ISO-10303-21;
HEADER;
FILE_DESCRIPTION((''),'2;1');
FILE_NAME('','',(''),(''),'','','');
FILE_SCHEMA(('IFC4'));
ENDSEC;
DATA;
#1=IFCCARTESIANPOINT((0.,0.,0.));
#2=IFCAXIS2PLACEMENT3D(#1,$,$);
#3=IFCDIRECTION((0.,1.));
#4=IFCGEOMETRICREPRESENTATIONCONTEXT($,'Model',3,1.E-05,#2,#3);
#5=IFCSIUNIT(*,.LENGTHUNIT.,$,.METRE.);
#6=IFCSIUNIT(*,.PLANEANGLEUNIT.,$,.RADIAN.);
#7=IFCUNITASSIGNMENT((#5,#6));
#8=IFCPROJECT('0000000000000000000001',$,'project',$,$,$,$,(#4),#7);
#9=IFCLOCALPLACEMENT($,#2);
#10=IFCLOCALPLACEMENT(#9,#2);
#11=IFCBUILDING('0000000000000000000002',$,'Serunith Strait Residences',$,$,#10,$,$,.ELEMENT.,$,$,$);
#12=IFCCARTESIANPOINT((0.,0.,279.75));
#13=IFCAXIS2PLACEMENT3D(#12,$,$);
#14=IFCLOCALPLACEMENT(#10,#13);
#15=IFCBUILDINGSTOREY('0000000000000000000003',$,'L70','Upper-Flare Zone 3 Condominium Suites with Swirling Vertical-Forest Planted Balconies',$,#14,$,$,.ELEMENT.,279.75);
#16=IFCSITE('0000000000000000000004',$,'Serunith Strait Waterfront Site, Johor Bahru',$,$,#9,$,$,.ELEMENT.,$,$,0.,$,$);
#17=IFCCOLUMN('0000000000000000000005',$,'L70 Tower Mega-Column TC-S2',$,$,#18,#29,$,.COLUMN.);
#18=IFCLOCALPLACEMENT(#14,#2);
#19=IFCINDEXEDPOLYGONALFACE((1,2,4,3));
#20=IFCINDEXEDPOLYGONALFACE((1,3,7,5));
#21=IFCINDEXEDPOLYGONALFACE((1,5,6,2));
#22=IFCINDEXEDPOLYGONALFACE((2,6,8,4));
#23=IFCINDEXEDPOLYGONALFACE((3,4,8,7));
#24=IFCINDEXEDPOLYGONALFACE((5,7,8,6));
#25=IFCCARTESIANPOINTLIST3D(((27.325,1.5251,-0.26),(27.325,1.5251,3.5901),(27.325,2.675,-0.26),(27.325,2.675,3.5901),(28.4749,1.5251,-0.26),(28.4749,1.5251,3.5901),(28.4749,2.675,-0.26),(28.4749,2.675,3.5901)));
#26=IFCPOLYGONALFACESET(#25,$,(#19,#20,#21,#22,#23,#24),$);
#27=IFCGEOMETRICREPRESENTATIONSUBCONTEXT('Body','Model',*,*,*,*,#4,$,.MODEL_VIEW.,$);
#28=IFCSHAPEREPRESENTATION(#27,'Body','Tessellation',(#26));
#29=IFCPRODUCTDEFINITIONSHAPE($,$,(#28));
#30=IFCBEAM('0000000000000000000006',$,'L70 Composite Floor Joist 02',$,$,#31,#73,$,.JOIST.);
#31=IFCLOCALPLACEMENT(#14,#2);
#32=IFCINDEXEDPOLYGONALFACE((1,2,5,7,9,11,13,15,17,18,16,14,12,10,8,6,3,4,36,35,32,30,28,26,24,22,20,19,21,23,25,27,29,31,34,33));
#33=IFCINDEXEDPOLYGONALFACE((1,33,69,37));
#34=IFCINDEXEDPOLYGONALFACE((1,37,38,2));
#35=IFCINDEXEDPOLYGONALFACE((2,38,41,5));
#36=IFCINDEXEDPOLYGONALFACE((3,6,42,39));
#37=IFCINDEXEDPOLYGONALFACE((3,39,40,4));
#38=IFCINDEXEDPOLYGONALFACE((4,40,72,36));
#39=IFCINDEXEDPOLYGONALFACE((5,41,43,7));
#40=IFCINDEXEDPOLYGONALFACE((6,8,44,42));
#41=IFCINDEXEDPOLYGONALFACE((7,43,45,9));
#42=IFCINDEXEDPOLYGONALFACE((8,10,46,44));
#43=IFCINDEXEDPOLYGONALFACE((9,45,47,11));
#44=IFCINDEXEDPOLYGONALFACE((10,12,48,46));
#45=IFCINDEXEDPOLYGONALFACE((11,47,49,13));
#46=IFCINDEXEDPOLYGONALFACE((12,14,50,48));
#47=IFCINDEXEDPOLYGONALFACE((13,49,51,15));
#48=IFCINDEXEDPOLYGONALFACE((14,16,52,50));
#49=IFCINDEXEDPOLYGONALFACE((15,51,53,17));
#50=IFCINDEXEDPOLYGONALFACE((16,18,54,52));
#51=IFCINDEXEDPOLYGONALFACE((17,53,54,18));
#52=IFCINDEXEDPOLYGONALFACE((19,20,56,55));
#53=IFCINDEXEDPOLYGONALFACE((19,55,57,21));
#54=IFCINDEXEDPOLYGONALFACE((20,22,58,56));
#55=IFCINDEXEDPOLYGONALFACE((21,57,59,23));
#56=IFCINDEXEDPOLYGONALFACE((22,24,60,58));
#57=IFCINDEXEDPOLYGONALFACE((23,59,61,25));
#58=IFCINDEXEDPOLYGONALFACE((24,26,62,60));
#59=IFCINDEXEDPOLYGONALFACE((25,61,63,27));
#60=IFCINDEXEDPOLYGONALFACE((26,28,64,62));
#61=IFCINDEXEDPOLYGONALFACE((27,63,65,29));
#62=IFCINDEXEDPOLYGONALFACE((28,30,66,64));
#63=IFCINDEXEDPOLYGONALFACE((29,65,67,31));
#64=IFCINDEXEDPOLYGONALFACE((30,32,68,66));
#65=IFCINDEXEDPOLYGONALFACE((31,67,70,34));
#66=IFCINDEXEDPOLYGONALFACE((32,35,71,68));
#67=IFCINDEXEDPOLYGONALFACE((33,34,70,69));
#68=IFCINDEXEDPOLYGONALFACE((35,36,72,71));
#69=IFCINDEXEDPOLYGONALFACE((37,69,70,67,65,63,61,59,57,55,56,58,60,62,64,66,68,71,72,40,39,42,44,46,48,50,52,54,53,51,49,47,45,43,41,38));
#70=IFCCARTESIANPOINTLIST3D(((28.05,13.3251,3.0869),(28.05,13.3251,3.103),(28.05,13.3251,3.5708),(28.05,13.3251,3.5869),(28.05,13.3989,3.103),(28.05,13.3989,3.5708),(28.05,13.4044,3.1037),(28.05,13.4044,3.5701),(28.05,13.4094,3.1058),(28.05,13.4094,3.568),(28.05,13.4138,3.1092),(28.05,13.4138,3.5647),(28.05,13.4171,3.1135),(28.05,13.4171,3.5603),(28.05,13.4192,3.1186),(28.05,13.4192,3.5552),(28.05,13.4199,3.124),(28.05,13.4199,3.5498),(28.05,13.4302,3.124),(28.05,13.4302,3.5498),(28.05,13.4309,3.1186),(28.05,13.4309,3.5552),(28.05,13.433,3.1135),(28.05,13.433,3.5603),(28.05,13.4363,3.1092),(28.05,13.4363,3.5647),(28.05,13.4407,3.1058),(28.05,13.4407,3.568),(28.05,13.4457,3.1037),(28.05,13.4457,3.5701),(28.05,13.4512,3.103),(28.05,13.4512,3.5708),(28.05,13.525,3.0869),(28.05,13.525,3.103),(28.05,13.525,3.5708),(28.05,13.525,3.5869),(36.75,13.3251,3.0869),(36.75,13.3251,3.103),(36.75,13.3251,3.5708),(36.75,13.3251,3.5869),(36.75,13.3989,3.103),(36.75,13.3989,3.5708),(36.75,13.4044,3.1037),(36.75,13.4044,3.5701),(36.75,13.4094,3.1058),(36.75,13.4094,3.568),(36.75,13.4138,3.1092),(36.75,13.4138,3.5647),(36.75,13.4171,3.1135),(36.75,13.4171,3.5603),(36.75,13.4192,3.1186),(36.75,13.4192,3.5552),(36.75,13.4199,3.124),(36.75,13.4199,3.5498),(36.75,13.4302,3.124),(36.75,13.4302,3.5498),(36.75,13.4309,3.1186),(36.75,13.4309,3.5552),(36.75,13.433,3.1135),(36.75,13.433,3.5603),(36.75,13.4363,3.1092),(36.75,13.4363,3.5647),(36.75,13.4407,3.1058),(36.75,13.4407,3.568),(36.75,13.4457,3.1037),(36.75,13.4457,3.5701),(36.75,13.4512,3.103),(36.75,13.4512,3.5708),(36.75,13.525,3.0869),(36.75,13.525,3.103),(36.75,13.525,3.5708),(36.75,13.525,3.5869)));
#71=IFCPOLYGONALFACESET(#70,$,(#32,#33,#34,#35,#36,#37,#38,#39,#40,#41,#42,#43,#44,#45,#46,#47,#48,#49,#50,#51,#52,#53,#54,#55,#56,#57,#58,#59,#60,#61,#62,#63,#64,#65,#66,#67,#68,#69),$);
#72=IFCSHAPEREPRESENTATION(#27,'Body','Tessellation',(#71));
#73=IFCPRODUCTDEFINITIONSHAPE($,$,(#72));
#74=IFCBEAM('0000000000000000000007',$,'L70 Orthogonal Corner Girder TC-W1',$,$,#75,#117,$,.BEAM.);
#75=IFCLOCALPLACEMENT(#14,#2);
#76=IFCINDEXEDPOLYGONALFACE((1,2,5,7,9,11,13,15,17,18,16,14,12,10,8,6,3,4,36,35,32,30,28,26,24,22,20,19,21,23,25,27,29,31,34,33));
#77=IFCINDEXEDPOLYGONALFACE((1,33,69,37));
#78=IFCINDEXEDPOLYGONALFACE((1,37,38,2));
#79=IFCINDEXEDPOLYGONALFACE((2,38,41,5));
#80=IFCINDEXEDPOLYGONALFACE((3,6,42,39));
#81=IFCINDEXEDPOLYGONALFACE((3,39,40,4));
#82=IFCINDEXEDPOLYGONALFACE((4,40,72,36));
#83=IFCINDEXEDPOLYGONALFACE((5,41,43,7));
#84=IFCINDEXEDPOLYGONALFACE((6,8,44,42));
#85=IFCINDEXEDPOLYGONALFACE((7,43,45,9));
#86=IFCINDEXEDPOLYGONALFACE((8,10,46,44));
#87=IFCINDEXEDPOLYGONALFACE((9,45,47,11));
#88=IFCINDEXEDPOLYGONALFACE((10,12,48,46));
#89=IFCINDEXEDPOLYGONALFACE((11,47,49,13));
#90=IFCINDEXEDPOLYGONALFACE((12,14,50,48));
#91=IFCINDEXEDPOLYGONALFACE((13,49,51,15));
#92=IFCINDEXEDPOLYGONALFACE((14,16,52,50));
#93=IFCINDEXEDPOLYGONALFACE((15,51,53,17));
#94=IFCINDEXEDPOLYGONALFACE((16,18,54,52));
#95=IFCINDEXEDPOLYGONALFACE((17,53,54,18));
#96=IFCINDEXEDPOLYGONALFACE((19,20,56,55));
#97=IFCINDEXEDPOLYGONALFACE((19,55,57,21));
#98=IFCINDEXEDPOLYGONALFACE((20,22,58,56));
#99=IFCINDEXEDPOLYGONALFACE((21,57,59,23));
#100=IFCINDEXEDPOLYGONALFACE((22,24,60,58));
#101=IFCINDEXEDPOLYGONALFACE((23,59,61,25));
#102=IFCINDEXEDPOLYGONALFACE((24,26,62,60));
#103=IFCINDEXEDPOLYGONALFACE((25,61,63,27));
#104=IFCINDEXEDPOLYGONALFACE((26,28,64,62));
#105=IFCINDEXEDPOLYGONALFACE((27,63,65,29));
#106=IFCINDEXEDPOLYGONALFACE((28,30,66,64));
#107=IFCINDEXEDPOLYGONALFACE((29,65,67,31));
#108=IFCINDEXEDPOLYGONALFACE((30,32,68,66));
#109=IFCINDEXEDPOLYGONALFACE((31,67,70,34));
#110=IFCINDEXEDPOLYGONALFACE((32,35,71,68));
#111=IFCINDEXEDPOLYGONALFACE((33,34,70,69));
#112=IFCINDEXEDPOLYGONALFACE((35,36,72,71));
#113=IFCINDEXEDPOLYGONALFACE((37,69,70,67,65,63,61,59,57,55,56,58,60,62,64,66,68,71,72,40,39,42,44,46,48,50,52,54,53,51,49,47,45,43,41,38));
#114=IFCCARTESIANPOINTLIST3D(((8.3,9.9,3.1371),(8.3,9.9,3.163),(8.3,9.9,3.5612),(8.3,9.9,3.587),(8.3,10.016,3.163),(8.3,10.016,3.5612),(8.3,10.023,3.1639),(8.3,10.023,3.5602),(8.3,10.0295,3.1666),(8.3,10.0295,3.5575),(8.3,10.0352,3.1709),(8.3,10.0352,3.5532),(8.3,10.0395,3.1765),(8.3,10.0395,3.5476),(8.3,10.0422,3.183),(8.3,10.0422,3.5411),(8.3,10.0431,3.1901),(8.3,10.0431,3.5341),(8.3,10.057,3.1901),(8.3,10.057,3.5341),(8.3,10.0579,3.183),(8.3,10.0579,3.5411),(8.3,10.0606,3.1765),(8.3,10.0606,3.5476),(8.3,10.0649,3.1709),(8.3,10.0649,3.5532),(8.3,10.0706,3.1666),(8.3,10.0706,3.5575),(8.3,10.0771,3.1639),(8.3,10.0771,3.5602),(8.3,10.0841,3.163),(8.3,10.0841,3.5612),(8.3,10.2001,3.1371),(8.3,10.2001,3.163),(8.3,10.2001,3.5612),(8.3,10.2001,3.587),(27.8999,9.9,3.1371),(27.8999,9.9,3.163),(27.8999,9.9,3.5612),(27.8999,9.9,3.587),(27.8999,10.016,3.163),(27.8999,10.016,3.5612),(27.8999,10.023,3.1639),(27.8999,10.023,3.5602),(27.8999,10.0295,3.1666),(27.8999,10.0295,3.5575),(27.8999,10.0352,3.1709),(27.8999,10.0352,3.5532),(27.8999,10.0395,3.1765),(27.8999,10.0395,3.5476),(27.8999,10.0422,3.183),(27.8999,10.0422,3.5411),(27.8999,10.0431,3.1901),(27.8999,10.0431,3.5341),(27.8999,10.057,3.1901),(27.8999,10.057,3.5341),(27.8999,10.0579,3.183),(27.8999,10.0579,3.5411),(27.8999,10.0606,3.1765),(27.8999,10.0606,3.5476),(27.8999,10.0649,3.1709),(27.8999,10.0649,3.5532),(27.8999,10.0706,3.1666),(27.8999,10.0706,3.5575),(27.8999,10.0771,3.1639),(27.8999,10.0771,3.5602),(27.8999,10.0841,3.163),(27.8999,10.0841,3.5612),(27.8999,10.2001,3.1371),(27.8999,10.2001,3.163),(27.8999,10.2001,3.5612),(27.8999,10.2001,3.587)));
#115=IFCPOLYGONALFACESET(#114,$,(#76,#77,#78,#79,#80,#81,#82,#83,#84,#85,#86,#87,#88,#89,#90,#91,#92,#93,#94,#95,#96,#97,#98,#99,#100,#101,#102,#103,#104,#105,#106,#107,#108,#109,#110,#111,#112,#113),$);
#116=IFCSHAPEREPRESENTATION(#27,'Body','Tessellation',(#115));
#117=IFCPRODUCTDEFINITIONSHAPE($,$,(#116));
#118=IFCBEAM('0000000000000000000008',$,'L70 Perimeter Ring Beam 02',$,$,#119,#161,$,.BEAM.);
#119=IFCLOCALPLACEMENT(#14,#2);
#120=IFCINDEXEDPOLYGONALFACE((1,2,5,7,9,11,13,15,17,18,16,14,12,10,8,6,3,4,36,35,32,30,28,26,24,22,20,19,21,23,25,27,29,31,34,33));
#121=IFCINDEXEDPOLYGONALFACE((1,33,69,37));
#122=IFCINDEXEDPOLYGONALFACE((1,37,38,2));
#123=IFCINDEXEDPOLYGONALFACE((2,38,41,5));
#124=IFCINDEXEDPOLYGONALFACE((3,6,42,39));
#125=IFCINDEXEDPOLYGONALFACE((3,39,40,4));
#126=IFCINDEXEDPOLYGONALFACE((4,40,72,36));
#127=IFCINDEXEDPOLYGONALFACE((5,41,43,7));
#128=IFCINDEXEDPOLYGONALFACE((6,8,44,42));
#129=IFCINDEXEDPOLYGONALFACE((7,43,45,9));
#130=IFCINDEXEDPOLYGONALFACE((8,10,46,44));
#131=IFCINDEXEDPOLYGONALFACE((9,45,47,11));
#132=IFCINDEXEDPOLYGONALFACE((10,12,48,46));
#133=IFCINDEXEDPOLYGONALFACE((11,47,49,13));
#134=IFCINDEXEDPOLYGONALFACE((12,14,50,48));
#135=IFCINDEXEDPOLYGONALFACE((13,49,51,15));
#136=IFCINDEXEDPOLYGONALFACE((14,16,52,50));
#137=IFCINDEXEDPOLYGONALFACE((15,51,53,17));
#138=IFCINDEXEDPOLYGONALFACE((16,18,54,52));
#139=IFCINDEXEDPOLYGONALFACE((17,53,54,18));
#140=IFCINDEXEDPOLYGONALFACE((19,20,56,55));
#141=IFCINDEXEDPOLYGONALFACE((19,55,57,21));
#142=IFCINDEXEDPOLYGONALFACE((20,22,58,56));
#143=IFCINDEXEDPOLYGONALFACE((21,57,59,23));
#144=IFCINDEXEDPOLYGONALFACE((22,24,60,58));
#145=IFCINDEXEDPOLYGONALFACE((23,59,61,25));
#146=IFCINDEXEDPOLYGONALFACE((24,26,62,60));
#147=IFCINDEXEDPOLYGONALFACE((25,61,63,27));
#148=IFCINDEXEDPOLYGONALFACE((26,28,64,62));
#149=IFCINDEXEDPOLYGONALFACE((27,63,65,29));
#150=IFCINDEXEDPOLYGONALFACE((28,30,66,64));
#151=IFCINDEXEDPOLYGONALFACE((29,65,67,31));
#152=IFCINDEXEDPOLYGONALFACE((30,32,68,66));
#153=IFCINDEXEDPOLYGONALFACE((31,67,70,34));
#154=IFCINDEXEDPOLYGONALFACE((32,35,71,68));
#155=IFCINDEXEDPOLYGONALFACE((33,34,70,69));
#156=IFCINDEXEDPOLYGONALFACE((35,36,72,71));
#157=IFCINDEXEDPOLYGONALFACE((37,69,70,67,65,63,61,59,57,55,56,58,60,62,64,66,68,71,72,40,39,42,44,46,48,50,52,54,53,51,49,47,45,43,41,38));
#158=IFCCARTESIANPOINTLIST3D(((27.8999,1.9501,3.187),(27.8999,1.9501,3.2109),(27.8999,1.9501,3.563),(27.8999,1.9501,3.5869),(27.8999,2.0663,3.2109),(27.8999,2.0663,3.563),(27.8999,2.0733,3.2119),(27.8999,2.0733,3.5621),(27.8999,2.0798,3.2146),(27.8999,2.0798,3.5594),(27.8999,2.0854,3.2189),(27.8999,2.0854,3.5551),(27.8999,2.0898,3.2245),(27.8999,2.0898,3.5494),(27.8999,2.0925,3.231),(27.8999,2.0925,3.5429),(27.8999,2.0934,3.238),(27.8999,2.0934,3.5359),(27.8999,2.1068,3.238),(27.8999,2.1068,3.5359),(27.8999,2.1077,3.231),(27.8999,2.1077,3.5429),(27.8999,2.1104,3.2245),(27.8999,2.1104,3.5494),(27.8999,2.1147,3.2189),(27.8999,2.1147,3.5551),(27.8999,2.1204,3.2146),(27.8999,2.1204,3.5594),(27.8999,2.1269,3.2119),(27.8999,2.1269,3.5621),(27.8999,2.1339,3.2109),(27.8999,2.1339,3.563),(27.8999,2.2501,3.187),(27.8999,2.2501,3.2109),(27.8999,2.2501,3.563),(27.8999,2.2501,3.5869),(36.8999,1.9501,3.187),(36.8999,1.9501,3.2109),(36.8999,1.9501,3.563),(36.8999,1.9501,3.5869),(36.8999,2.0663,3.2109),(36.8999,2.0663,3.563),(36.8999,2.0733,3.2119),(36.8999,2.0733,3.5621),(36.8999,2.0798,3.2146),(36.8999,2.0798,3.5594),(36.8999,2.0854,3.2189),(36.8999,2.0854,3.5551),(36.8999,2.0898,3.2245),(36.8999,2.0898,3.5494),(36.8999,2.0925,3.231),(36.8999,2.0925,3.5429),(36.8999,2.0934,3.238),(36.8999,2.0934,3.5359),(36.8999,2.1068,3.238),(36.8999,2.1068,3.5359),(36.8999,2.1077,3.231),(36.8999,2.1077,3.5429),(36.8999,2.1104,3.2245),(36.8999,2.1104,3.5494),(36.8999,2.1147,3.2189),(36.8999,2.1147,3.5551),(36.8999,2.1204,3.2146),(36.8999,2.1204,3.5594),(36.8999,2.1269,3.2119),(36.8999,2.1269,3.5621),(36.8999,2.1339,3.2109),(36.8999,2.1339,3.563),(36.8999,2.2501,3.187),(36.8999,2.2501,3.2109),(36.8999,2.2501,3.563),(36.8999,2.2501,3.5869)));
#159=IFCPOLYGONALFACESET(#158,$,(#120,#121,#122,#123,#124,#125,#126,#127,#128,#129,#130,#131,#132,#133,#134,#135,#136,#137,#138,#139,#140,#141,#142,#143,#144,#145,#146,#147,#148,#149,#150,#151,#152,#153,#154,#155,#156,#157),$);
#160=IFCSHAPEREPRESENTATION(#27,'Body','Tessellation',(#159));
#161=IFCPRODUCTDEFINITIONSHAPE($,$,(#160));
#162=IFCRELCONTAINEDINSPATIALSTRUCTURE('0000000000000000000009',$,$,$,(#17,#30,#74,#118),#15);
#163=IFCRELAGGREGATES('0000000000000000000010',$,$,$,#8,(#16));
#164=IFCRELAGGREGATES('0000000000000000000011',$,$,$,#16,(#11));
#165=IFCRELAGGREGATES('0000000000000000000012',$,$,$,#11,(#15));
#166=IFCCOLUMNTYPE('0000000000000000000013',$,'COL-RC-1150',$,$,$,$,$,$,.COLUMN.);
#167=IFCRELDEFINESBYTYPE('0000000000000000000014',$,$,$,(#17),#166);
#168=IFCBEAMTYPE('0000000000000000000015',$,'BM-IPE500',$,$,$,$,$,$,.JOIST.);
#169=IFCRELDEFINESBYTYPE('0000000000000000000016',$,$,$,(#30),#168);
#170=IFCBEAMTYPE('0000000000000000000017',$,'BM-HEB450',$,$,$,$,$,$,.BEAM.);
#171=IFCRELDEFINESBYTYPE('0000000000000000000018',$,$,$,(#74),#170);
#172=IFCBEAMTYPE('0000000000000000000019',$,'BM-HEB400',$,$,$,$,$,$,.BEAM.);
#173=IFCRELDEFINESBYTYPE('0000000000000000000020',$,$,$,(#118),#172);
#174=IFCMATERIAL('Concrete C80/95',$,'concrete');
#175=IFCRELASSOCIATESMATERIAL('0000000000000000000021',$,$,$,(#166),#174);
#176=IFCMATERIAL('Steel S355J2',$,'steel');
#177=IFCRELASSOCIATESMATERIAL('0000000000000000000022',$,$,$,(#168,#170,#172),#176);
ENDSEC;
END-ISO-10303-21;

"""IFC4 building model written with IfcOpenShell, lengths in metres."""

from ifc_helpers import new_model, si_unit, direction, frame, origin, origin_2d, place, context, subcontext, project, spatial, rectangle, i_section, extrude, source, transform, mapped, material, material_profile, profile_set, type_object, element, save


model = new_model("IFC4")

# Units and contexts
model_context = context("Model", 3, precision=1e-05, world=origin(), true_north=direction((0.0, 1.0)))
body_context = subcontext(model_context, "Body", "Model", "MODEL_VIEW")
ifc_project = project(units=[si_unit("LENGTHUNIT", "METRE"), si_unit("PLANEANGLEUNIT", "RADIAN")], contexts=[model_context])

# Site, building, storey
site_placement = place(None, origin())
site = spatial("IfcSite", under=ifc_project, at=site_placement, Name="Serunith Strait Waterfront Site, Johor Bahru", CompositionType="ELEMENT", RefElevation=0.0)
building_placement = place(site_placement, origin())
building = spatial("IfcBuilding", under=site, at=building_placement, Name="Serunith Strait Residences", CompositionType="ELEMENT")
storey_placement = place(building_placement, frame((0.0, 0.0, 279.75)))
storey = spatial("IfcBuildingStorey", under=building, at=storey_placement, Name="L70", Description="Upper-Flare Zone 3 Condominium Suites with Swirling Vertical-Forest Planted Balconies", CompositionType="ELEMENT", Elevation=279.75)

# Column
ifc_material_1 = material(Name="Concrete C80/95", Category="concrete")
ifc_material_profile_1 = material_profile(ifc_material_1, rectangle(XDim=1.1499, YDim=1.1499, at=origin_2d()), Name="RC 1150x1150")
ifc_profile_set_1 = profile_set([ifc_material_profile_1], Name="Concrete C80/95")
column_type = type_object("IfcColumnType", Name="COL-RC-1150", PredefinedType="COLUMN", material=ifc_profile_set_1)
shared_shape_1 = source(origin(), body_context, "Body", "SweptSolid", [
    extrude(rectangle(XDim=1.1499, YDim=1.1499, at=origin_2d()), origin(), (0.0, 0.0, 1.0), 3.8501),
])
column_placement = place(storey_placement, frame((27.8999, 2.1001, -0.26), z_axis=(0.0, 0.0, 1.0), x_axis=(1.0, 0.0, 0.0)))
element("IfcColumn", 1, at=column_placement, inside=storey, type_object=column_type, Name="L70 Tower Mega-Column TC-S2", PredefinedType="COLUMN", context=body_context, shape_type="MappedRepresentation", body=[
    mapped(shared_shape_1, transform((0.0, 0.0, 0.0), scale=1.0)),
])

# Beams
ifc_material_2 = material(Name="Steel S355J2", Category="steel")
ifc_material_profile_2 = material_profile(ifc_material_2, i_section(OverallWidth=0.2, OverallDepth=0.5, WebThickness=0.0103, FlangeThickness=0.0161, FilletRadius=0.021, at=origin_2d()), Name="IPE 500")
ifc_profile_set_2 = profile_set([ifc_material_profile_2], Name="Steel S355J2")
beam_type_1 = type_object("IfcBeamType", Name="BM-IPE500", PredefinedType="JOIST", material=ifc_profile_set_2)
shared_shape_2 = source(origin(), body_context, "Body", "SweptSolid", [
    extrude(i_section(OverallWidth=0.2, OverallDepth=0.5, WebThickness=0.0103, FlangeThickness=0.0161, FilletRadius=0.021, at=origin_2d()), origin(), (0.0, 0.0, 1.0), 8.7),
])
beam_1_placement = place(storey_placement, frame((28.05, 13.425, 3.3369), z_axis=(1.0, 0.0, 0.0), x_axis=(0.0, 1.0, 0.0)))
element("IfcBeam", 2, at=beam_1_placement, inside=storey, type_object=beam_type_1, Name="L70 Composite Floor Joist 02", PredefinedType="JOIST", context=body_context, shape_type="MappedRepresentation", body=[
    mapped(shared_shape_2, transform((0.0, 0.0, 0.0), scale=1.0)),
])
ifc_material_profile_3 = material_profile(ifc_material_2, i_section(OverallWidth=0.3, OverallDepth=0.45, WebThickness=0.0139, FlangeThickness=0.0259, FilletRadius=0.0271, at=origin_2d()), Name="HEB 450")
ifc_profile_set_3 = profile_set([ifc_material_profile_3], Name="Steel S355J2")
beam_type_2 = type_object("IfcBeamType", Name="BM-HEB450", PredefinedType="BEAM", material=ifc_profile_set_3)
shared_shape_3 = source(origin(), body_context, "Body", "SweptSolid", [
    extrude(i_section(OverallWidth=0.3, OverallDepth=0.45, WebThickness=0.0139, FlangeThickness=0.0259, FilletRadius=0.0271, at=origin_2d()), origin(), (0.0, 0.0, 1.0), 19.5999),
])
beam_2_placement = place(storey_placement, frame((27.8999, 10.05, 3.3621), z_axis=(-1.0, 0.0, 0.0), x_axis=(0.0, -1.0, 0.0)))
element("IfcBeam", 3, at=beam_2_placement, inside=storey, type_object=beam_type_2, Name="L70 Orthogonal Corner Girder TC-W1", PredefinedType="BEAM", context=body_context, shape_type="MappedRepresentation", body=[
    mapped(shared_shape_3, transform((0.0, 0.0, 0.0), scale=1.0)),
])
ifc_material_profile_4 = material_profile(ifc_material_2, i_section(OverallWidth=0.3, OverallDepth=0.3999, WebThickness=0.0134, FlangeThickness=0.0239, FilletRadius=0.0271, at=origin_2d()), Name="HEB 400")
ifc_profile_set_4 = profile_set([ifc_material_profile_4], Name="Steel S355J2")
beam_type_3 = type_object("IfcBeamType", Name="BM-HEB400", PredefinedType="BEAM", material=ifc_profile_set_4)
shared_shape_4 = source(origin(), body_context, "Body", "SweptSolid", [
    extrude(i_section(OverallWidth=0.3, OverallDepth=0.3999, WebThickness=0.0134, FlangeThickness=0.0239, FilletRadius=0.0271, at=origin_2d()), origin(), (0.0, 0.0, 1.0), 9.0),
])
beam_3_placement = place(storey_placement, frame((27.8999, 2.1001, 3.387), z_axis=(1.0, 0.0, 0.0), x_axis=(0.0, 1.0, 0.0)))
element("IfcBeam", 4, at=beam_3_placement, inside=storey, type_object=beam_type_3, Name="L70 Perimeter Ring Beam 02", PredefinedType="BEAM", context=body_context, shape_type="MappedRepresentation", body=[
    mapped(shared_shape_4, transform((0.0, 0.0, 0.0), scale=1.0)),
])

save(model, "model.ifc")
